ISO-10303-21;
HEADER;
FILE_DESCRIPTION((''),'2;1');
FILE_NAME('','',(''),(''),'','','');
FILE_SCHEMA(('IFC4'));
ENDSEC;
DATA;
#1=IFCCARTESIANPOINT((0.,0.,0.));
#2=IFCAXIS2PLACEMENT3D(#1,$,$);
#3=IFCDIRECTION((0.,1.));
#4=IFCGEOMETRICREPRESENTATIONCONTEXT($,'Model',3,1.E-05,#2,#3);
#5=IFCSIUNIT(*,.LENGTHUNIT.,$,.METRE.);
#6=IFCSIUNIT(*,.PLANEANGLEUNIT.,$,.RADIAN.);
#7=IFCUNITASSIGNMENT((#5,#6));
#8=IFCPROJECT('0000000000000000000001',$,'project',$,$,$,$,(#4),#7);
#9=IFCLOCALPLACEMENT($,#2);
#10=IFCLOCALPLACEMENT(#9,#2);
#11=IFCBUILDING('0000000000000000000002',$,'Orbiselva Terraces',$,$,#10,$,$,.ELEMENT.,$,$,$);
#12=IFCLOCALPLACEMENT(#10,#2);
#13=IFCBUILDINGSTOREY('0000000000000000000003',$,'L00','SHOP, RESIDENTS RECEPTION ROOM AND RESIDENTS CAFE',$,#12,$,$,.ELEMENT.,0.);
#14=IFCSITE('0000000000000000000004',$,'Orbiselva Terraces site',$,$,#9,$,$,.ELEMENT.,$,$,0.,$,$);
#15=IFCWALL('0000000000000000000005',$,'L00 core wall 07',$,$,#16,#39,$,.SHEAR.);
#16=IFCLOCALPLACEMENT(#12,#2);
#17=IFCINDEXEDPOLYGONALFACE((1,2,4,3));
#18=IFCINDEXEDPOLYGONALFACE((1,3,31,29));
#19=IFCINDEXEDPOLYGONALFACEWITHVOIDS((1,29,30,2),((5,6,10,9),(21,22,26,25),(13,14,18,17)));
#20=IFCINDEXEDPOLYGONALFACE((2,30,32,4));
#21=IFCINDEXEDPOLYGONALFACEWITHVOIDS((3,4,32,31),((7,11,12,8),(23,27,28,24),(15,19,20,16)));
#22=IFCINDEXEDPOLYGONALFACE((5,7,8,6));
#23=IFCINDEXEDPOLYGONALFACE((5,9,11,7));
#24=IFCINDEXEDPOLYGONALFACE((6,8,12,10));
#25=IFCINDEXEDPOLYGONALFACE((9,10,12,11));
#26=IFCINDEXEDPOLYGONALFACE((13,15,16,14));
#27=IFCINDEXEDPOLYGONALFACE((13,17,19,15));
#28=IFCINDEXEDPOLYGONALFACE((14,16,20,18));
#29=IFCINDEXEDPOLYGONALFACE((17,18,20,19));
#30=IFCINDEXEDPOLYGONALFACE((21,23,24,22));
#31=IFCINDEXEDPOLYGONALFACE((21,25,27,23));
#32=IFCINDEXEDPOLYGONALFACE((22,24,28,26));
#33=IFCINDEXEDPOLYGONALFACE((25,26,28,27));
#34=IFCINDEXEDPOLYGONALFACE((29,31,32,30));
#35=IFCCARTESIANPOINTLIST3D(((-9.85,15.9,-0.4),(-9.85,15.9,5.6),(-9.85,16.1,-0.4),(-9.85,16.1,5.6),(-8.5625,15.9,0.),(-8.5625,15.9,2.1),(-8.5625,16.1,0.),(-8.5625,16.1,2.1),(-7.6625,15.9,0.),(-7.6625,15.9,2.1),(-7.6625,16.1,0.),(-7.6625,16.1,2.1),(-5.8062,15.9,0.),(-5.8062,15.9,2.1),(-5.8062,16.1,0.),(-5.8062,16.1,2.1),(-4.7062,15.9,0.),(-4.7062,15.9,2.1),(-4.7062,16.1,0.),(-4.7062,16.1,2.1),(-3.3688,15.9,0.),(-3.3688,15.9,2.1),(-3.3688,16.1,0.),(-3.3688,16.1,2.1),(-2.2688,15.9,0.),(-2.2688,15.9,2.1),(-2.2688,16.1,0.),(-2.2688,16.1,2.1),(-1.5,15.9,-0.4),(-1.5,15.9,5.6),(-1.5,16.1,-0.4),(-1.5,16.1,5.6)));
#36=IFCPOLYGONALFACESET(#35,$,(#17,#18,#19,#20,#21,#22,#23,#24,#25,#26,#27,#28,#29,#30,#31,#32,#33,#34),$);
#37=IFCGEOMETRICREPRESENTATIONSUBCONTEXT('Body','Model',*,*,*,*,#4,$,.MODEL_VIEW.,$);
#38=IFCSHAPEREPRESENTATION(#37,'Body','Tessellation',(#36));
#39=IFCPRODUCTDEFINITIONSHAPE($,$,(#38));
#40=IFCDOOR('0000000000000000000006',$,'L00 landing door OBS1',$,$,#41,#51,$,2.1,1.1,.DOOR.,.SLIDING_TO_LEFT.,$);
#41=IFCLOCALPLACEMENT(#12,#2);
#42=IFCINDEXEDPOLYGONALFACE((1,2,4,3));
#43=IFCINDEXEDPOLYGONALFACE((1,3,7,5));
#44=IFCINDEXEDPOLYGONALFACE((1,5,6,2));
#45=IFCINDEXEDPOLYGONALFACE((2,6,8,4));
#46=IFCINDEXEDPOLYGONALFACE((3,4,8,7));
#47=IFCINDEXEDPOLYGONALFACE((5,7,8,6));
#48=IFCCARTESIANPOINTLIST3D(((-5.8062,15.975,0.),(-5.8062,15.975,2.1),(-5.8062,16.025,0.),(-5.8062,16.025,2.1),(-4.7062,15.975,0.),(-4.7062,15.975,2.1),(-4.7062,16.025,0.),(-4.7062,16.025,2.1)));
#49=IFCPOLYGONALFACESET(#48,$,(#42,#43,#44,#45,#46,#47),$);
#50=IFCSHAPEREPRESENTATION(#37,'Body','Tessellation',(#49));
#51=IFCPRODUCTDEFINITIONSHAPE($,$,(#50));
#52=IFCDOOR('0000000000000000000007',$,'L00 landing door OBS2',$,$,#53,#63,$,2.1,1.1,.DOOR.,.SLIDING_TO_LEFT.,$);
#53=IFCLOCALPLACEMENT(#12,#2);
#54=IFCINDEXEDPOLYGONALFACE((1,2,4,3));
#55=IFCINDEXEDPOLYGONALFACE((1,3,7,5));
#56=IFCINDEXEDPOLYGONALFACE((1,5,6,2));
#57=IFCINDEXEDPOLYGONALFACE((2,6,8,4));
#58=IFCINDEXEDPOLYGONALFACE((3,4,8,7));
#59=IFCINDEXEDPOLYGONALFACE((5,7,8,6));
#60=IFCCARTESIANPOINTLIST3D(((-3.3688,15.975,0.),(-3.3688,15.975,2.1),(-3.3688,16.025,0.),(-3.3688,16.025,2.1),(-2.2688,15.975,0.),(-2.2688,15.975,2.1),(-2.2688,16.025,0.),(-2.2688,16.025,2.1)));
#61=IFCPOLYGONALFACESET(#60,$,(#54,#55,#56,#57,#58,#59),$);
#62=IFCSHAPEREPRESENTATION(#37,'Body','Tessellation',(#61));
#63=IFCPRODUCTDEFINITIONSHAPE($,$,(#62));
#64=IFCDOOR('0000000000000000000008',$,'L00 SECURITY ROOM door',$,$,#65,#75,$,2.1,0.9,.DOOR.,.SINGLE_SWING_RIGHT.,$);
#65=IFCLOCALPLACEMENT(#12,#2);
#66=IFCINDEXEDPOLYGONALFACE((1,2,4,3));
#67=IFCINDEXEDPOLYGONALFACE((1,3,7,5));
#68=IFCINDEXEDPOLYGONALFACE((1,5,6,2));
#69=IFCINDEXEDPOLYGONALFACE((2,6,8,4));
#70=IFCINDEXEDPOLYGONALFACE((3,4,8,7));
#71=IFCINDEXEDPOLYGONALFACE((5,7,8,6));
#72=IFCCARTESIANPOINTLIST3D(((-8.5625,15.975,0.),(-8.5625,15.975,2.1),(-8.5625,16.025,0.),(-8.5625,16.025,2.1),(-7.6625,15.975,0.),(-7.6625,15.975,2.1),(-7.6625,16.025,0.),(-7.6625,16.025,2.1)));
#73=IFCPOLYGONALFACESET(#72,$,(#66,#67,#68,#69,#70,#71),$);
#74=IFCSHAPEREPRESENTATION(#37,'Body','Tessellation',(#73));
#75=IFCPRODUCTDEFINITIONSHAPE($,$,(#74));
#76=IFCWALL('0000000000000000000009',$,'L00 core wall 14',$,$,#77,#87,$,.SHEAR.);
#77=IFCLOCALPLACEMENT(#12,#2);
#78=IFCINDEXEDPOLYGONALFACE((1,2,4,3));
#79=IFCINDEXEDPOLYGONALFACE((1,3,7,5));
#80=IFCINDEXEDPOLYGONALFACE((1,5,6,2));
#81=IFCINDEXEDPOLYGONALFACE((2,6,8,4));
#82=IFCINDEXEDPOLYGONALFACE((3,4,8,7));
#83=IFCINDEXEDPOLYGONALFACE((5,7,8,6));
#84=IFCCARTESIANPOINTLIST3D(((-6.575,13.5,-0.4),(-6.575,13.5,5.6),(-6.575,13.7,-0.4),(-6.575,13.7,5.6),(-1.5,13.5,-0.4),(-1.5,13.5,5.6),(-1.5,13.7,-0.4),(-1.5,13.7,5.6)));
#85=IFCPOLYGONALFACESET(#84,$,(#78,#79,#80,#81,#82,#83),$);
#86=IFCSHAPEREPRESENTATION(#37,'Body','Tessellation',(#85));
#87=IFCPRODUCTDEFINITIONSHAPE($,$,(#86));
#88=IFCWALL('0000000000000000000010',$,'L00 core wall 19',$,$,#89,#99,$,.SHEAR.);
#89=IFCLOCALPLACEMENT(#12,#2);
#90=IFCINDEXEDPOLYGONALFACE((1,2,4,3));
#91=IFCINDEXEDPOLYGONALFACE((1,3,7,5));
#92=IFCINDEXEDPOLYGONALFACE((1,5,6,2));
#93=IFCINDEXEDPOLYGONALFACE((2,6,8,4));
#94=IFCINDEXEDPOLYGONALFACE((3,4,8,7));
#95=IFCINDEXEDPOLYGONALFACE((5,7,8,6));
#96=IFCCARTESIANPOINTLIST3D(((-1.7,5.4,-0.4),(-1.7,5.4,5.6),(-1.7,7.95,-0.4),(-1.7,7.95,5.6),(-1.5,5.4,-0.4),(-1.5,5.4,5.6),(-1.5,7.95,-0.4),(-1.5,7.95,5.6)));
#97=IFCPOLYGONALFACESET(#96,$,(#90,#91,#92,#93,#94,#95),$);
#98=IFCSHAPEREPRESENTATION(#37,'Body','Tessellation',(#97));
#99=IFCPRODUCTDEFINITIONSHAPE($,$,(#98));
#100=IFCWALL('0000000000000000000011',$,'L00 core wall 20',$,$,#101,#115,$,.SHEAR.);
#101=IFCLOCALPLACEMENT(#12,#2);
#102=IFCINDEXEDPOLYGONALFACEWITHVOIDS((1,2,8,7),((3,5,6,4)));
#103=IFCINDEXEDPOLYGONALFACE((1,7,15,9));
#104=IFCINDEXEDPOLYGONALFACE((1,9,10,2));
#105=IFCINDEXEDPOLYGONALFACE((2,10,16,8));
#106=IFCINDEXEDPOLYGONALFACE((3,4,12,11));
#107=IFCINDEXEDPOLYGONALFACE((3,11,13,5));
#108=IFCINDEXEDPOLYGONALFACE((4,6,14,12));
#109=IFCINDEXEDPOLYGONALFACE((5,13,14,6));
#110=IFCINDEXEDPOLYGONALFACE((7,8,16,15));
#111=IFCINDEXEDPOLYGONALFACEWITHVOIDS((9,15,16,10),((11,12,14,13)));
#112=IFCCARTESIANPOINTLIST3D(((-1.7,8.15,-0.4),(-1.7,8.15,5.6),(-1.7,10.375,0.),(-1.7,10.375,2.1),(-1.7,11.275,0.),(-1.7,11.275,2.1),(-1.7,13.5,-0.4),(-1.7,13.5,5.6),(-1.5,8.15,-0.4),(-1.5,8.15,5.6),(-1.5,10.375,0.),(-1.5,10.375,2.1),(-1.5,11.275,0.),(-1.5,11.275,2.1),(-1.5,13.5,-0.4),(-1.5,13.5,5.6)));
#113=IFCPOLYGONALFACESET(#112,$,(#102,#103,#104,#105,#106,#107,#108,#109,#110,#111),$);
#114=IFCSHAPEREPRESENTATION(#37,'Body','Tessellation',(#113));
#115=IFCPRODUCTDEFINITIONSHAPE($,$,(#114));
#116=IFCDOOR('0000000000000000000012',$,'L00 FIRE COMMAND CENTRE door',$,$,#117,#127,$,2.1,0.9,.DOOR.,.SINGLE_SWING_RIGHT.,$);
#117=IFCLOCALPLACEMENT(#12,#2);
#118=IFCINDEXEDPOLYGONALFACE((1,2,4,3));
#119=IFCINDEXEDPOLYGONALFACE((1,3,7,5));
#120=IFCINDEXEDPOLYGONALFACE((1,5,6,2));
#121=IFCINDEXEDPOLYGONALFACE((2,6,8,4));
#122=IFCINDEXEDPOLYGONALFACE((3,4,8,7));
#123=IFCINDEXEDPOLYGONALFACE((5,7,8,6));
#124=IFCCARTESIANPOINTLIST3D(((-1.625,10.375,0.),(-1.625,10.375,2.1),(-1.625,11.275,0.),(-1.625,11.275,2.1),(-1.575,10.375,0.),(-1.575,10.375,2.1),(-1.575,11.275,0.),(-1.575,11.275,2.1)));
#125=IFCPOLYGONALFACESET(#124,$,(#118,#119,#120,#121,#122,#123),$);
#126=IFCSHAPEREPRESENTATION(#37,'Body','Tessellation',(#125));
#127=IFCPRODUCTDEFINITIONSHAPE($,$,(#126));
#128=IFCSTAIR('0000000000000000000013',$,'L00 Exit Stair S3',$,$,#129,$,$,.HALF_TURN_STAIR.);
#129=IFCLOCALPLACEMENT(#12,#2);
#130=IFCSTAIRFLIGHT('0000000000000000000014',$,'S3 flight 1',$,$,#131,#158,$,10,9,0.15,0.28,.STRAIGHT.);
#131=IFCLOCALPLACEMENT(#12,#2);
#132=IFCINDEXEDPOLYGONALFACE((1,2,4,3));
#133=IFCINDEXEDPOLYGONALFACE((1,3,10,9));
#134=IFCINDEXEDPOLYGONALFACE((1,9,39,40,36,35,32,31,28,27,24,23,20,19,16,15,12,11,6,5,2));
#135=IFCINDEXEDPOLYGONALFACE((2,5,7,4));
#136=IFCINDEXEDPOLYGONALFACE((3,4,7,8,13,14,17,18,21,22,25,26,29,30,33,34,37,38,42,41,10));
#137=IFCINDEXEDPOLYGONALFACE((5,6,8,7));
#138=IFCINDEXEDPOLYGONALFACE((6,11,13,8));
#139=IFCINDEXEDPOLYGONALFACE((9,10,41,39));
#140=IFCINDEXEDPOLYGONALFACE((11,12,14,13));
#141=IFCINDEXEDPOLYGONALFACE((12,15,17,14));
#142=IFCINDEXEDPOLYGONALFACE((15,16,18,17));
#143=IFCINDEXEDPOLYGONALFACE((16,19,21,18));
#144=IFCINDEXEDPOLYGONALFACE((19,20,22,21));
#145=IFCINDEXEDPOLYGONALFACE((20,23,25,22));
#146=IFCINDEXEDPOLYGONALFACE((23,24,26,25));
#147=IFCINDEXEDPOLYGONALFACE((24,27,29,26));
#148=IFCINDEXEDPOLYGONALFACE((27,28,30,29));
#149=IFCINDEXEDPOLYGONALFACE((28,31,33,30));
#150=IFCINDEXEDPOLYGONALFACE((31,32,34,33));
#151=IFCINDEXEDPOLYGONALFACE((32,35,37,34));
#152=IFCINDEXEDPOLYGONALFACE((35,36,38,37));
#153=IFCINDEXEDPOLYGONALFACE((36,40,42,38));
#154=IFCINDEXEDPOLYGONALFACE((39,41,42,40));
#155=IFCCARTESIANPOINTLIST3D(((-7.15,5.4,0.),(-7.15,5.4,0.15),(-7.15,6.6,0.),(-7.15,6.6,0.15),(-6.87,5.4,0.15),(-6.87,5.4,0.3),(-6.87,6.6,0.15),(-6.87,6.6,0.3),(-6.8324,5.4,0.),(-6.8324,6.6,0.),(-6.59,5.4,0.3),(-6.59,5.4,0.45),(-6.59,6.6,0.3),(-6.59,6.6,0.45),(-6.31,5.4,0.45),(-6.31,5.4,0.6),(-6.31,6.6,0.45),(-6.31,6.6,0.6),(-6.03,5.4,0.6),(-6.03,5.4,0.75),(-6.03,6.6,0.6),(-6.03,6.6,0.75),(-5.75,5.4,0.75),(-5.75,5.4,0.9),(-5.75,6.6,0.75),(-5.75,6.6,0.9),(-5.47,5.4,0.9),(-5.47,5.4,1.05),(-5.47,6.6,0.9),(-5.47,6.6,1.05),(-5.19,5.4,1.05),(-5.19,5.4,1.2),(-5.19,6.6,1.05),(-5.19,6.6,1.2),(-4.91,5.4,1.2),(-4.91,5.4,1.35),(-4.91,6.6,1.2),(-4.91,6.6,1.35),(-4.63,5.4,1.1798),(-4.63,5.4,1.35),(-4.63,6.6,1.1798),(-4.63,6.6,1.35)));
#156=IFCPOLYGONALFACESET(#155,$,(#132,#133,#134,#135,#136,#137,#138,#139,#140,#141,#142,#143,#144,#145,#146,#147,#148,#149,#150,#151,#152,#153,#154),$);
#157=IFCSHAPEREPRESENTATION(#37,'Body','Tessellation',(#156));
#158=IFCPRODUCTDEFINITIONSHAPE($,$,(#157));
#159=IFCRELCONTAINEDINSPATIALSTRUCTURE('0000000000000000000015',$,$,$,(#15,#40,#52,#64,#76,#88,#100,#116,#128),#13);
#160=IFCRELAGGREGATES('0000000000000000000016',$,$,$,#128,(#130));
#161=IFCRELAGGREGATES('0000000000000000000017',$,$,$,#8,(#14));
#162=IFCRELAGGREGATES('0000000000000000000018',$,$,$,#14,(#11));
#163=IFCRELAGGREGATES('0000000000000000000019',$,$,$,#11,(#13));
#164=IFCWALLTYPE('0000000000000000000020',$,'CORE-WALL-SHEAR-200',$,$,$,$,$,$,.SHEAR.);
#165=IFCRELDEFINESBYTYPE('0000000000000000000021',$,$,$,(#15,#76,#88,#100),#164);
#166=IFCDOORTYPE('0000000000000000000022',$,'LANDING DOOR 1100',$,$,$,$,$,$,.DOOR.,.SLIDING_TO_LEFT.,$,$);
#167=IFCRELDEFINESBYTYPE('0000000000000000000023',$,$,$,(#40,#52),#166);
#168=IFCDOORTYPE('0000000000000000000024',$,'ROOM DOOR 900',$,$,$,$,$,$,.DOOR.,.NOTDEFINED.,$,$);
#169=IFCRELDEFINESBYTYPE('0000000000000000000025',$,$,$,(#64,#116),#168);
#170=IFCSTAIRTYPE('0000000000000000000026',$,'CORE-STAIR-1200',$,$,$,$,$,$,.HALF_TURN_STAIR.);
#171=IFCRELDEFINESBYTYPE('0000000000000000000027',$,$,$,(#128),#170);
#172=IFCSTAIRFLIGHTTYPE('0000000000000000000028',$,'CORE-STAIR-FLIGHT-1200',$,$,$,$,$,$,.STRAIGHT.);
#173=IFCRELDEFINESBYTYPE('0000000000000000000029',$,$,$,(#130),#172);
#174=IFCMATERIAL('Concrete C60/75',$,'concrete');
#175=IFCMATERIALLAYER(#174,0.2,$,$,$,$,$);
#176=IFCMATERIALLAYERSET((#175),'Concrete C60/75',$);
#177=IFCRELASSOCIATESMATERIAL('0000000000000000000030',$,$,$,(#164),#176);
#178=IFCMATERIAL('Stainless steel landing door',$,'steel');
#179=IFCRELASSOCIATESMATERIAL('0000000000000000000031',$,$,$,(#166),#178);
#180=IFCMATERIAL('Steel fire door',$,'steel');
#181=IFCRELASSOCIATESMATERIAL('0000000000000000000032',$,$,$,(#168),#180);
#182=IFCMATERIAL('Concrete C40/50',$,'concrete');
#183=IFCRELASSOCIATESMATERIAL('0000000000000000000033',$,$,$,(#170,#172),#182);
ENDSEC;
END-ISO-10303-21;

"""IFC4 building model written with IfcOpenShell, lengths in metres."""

from ifc_helpers import new_model, si_unit, direction, frame, frame_2d, origin, place, context, subcontext, project, spatial, polyline, rectangle, outline, extrude, material, layer, layer_set, type_object, element, fill, aggregate, save


model = new_model("IFC4")

# Units and contexts
model_context = context("Model", 3, precision=1e-05, world=origin(), true_north=direction((0.0, 1.0)))
body_context = subcontext(model_context, "Body", "Model", "MODEL_VIEW")
ifc_project = project(units=[si_unit("LENGTHUNIT", "METRE"), si_unit("PLANEANGLEUNIT", "RADIAN")], contexts=[model_context])

# Site, building, storey
site_placement = place(None, origin())
site = spatial("IfcSite", under=ifc_project, at=site_placement, Name="Orbiselva Terraces site", CompositionType="ELEMENT", RefElevation=0.0)
building_placement = place(site_placement, origin())
building = spatial("IfcBuilding", under=site, at=building_placement, Name="Orbiselva Terraces", CompositionType="ELEMENT")
storey_placement = place(building_placement, origin())
storey = spatial("IfcBuildingStorey", under=building, at=storey_placement, Name="L00", Description="SHOP, RESIDENTS RECEPTION ROOM AND RESIDENTS CAFE", CompositionType="ELEMENT", Elevation=0.0)

# Shared definitions
ifc_material_1 = material(Name="Concrete C40/50", Category="concrete")

# Wall, openings, doors
ifc_material_2 = material(Name="Concrete C60/75", Category="concrete")
ifc_layer_1 = layer(ifc_material_2, 0.2)
ifc_layer_set_1 = layer_set([ifc_layer_1], Name="Concrete C60/75")
wall_type_1 = type_object("IfcWallType", Name="CORE-WALL-SHEAR-200", PredefinedType="SHEAR", material=ifc_layer_set_1)
wall_1_placement = place(storey_placement, frame((-1.5, 16.0, -0.4), z_axis=(0.0, 0.0, 1.0), x_axis=(-1.0, 0.0, 0.0)))
wall_1 = element("IfcWall", 1, at=wall_1_placement, inside=storey, type_object=wall_type_1, Name="L00 core wall 07", PredefinedType="SHEAR", context=body_context, shape_type="SweptSolid", body=[
    extrude(rectangle(XDim=8.35, YDim=0.2, at=frame_2d((4.175, 0.0))), origin(), (0.0, 0.0, 1.0), 6.0),
])
opening_1_placement = place(wall_1_placement, frame((3.2062, 0.0, 0.4)))
opening_1 = element("IfcOpeningElement", 2, at=opening_1_placement, cuts=wall_1, PredefinedType="OPENING", context=body_context, shape_type="SweptSolid", body=[
    extrude(rectangle(XDim=1.1, YDim=2.1, at=frame_2d((0.55, 1.05))), frame((0.0, 0.11, 0.0), z_axis=(0.0, -1.0, 0.0), x_axis=(1.0, 0.0, 0.0)), (0.0, 0.0, 1.0), 0.22),
])
opening_2_placement = place(wall_1_placement, frame((0.7688, 0.0, 0.4)))
opening_2 = element("IfcOpeningElement", 3, at=opening_2_placement, cuts=wall_1, PredefinedType="OPENING", context=body_context, shape_type="SweptSolid", body=[
    extrude(rectangle(XDim=1.1, YDim=2.1, at=frame_2d((0.55, 1.05))), frame((0.0, 0.11, 0.0), z_axis=(0.0, -1.0, 0.0), x_axis=(1.0, 0.0, 0.0)), (0.0, 0.0, 1.0), 0.22),
])
opening_3_placement = place(wall_1_placement, frame((6.1625, 0.0, 0.4)))
opening_3 = element("IfcOpeningElement", 4, at=opening_3_placement, cuts=wall_1, PredefinedType="OPENING", context=body_context, shape_type="SweptSolid", body=[
    extrude(rectangle(XDim=0.9, YDim=2.1, at=frame_2d((0.45, 1.05))), frame((0.0, 0.11, 0.0), z_axis=(0.0, -1.0, 0.0), x_axis=(1.0, 0.0, 0.0)), (0.0, 0.0, 1.0), 0.22),
])
ifc_material_3 = material(Name="Stainless steel landing door", Category="steel")
door_type_1 = type_object("IfcDoorType", Name="LANDING DOOR 1100", OperationType="SLIDING_TO_LEFT", PredefinedType="DOOR", material=ifc_material_3)
door_1_placement = place(opening_1_placement, origin())
door_1 = element("IfcDoor", 5, at=door_1_placement, inside=storey, type_object=door_type_1, Name="L00 landing door OBS1", OperationType="SLIDING_TO_LEFT", OverallHeight=2.1, OverallWidth=1.1, PredefinedType="DOOR", context=body_context, shape_type="SweptSolid", body=[
    extrude(rectangle(XDim=1.1, YDim=2.1, at=frame_2d((0.55, 1.05))), frame((0.0, 0.025, 0.0), z_axis=(0.0, -1.0, 0.0), x_axis=(1.0, 0.0, 0.0)), (0.0, 0.0, 1.0), 0.05),
])
fill(opening_1, door_1)
door_2_placement = place(opening_2_placement, origin())
door_2 = element("IfcDoor", 6, at=door_2_placement, inside=storey, type_object=door_type_1, Name="L00 landing door OBS2", OperationType="SLIDING_TO_LEFT", OverallHeight=2.1, OverallWidth=1.1, PredefinedType="DOOR", context=body_context, shape_type="SweptSolid", body=[
    extrude(rectangle(XDim=1.1, YDim=2.1, at=frame_2d((0.55, 1.05))), frame((0.0, 0.025, 0.0), z_axis=(0.0, -1.0, 0.0), x_axis=(1.0, 0.0, 0.0)), (0.0, 0.0, 1.0), 0.05),
])
fill(opening_2, door_2)
ifc_material_4 = material(Name="Steel fire door", Category="steel")
door_type_2 = type_object("IfcDoorType", Name="ROOM DOOR 900", OperationType="NOTDEFINED", PredefinedType="DOOR", material=ifc_material_4)
door_3_placement = place(opening_3_placement, origin())
door_3 = element("IfcDoor", 7, at=door_3_placement, inside=storey, type_object=door_type_2, Name="L00 SECURITY ROOM door", OperationType="SINGLE_SWING_RIGHT", OverallHeight=2.1, OverallWidth=0.9, PredefinedType="DOOR", context=body_context, shape_type="SweptSolid", body=[
    extrude(rectangle(XDim=0.9, YDim=2.1, at=frame_2d((0.45, 1.05))), frame((0.0, 0.025, 0.0), z_axis=(0.0, -1.0, 0.0), x_axis=(1.0, 0.0, 0.0)), (0.0, 0.0, 1.0), 0.05),
])
fill(opening_3, door_3)

# Walls
wall_2_placement = place(storey_placement, frame((-6.575, 13.6, -0.4), z_axis=(0.0, 0.0, 1.0), x_axis=(1.0, 0.0, 0.0)))
element("IfcWall", 8, at=wall_2_placement, inside=storey, type_object=wall_type_1, Name="L00 core wall 14", PredefinedType="SHEAR", context=body_context, shape_type="SweptSolid", body=[
    extrude(rectangle(XDim=5.075, YDim=0.2, at=frame_2d((2.5375, 0.0))), origin(), (0.0, 0.0, 1.0), 6.0),
])
wall_3_placement = place(storey_placement, frame((-1.6, 5.4, -0.4), z_axis=(0.0, 0.0, 1.0), x_axis=(0.0, 1.0, 0.0)))
element("IfcWall", 9, at=wall_3_placement, inside=storey, type_object=wall_type_1, Name="L00 core wall 19", PredefinedType="SHEAR", context=body_context, shape_type="SweptSolid", body=[
    extrude(rectangle(XDim=2.55, YDim=0.2, at=frame_2d((1.275, 0.0))), origin(), (0.0, 0.0, 1.0), 6.0),
])

# Wall, opening, door
wall_4_placement = place(storey_placement, frame((-1.6, 8.15, -0.4), z_axis=(0.0, 0.0, 1.0), x_axis=(0.0, 1.0, 0.0)))
wall_4 = element("IfcWall", 10, at=wall_4_placement, inside=storey, type_object=wall_type_1, Name="L00 core wall 20", PredefinedType="SHEAR", context=body_context, shape_type="SweptSolid", body=[
    extrude(rectangle(XDim=5.35, YDim=0.2, at=frame_2d((2.675, 0.0))), origin(), (0.0, 0.0, 1.0), 6.0),
])
opening_4_placement = place(wall_4_placement, frame((2.225, 0.0, 0.4)))
opening_4 = element("IfcOpeningElement", 11, at=opening_4_placement, cuts=wall_4, PredefinedType="OPENING", context=body_context, shape_type="SweptSolid", body=[
    extrude(rectangle(XDim=0.9, YDim=2.1, at=frame_2d((0.45, 1.05))), frame((0.0, 0.11, 0.0), z_axis=(0.0, -1.0, 0.0), x_axis=(1.0, 0.0, 0.0)), (0.0, 0.0, 1.0), 0.22),
])
door_4_placement = place(opening_4_placement, origin())
door_4 = element("IfcDoor", 12, at=door_4_placement, inside=storey, type_object=door_type_2, Name="L00 FIRE COMMAND CENTRE door", OperationType="SINGLE_SWING_RIGHT", OverallHeight=2.1, OverallWidth=0.9, PredefinedType="DOOR", context=body_context, shape_type="SweptSolid", body=[
    extrude(rectangle(XDim=0.9, YDim=2.1, at=frame_2d((0.45, 1.05))), frame((0.0, 0.025, 0.0), z_axis=(0.0, -1.0, 0.0), x_axis=(1.0, 0.0, 0.0)), (0.0, 0.0, 1.0), 0.05),
])
fill(opening_4, door_4)

# Stair, stair flight
stair_type = type_object("IfcStairType", Name="CORE-STAIR-1200", PredefinedType="HALF_TURN_STAIR", material=ifc_material_1)
stair_placement = place(storey_placement, origin())
stair = element("IfcStair", 13, at=stair_placement, inside=storey, type_object=stair_type, Name="L00 Exit Stair S3", PredefinedType="HALF_TURN_STAIR")
stair_flight_type = type_object("IfcStairFlightType", Name="CORE-STAIR-FLIGHT-1200", PredefinedType="STRAIGHT", material=ifc_material_1)
stair_flight_1_placement = place(storey_placement, frame((-7.15, 6.0, 0.0), z_axis=(0.0, 0.0, 1.0), x_axis=(1.0, 0.0, 0.0)))
stair_flight_1 = element("IfcStairFlight", 14, at=stair_flight_1_placement, type_object=stair_flight_type, Name="S3 flight 1", NumberOfRisers=10, NumberOfTreads=9, PredefinedType="STRAIGHT", RiserHeight=0.15, TreadLength=0.28, context=body_context, shape_type="SweptSolid", body=[
    extrude(outline(polyline([(0.0, 0.0), (0.0, 0.15), (0.28, 0.15), (0.28, 0.3), (0.56, 0.3), (0.56, 0.45), (0.84, 0.45), (0.84, 0.6), (1.12, 0.6), (1.12, 0.75), (1.4, 0.75), (1.4, 0.9), (1.68, 0.9), (1.68, 1.05), (1.96, 1.05), (1.96, 1.2), (2.24, 1.2), (2.24, 1.35), (2.52, 1.35), (2.52, 1.5), (2.52, 1.1798), (0.3176, 0.0), (0.0, 0.0)])), frame((0.0, 0.6, 0.0), z_axis=(0.0, -1.0, 0.0), x_axis=(1.0, 0.0, 0.0)), (0.0, 0.0, 1.0), 1.2),
])
aggregate(stair, [stair_flight_1])

save(model, "model.ifc")
